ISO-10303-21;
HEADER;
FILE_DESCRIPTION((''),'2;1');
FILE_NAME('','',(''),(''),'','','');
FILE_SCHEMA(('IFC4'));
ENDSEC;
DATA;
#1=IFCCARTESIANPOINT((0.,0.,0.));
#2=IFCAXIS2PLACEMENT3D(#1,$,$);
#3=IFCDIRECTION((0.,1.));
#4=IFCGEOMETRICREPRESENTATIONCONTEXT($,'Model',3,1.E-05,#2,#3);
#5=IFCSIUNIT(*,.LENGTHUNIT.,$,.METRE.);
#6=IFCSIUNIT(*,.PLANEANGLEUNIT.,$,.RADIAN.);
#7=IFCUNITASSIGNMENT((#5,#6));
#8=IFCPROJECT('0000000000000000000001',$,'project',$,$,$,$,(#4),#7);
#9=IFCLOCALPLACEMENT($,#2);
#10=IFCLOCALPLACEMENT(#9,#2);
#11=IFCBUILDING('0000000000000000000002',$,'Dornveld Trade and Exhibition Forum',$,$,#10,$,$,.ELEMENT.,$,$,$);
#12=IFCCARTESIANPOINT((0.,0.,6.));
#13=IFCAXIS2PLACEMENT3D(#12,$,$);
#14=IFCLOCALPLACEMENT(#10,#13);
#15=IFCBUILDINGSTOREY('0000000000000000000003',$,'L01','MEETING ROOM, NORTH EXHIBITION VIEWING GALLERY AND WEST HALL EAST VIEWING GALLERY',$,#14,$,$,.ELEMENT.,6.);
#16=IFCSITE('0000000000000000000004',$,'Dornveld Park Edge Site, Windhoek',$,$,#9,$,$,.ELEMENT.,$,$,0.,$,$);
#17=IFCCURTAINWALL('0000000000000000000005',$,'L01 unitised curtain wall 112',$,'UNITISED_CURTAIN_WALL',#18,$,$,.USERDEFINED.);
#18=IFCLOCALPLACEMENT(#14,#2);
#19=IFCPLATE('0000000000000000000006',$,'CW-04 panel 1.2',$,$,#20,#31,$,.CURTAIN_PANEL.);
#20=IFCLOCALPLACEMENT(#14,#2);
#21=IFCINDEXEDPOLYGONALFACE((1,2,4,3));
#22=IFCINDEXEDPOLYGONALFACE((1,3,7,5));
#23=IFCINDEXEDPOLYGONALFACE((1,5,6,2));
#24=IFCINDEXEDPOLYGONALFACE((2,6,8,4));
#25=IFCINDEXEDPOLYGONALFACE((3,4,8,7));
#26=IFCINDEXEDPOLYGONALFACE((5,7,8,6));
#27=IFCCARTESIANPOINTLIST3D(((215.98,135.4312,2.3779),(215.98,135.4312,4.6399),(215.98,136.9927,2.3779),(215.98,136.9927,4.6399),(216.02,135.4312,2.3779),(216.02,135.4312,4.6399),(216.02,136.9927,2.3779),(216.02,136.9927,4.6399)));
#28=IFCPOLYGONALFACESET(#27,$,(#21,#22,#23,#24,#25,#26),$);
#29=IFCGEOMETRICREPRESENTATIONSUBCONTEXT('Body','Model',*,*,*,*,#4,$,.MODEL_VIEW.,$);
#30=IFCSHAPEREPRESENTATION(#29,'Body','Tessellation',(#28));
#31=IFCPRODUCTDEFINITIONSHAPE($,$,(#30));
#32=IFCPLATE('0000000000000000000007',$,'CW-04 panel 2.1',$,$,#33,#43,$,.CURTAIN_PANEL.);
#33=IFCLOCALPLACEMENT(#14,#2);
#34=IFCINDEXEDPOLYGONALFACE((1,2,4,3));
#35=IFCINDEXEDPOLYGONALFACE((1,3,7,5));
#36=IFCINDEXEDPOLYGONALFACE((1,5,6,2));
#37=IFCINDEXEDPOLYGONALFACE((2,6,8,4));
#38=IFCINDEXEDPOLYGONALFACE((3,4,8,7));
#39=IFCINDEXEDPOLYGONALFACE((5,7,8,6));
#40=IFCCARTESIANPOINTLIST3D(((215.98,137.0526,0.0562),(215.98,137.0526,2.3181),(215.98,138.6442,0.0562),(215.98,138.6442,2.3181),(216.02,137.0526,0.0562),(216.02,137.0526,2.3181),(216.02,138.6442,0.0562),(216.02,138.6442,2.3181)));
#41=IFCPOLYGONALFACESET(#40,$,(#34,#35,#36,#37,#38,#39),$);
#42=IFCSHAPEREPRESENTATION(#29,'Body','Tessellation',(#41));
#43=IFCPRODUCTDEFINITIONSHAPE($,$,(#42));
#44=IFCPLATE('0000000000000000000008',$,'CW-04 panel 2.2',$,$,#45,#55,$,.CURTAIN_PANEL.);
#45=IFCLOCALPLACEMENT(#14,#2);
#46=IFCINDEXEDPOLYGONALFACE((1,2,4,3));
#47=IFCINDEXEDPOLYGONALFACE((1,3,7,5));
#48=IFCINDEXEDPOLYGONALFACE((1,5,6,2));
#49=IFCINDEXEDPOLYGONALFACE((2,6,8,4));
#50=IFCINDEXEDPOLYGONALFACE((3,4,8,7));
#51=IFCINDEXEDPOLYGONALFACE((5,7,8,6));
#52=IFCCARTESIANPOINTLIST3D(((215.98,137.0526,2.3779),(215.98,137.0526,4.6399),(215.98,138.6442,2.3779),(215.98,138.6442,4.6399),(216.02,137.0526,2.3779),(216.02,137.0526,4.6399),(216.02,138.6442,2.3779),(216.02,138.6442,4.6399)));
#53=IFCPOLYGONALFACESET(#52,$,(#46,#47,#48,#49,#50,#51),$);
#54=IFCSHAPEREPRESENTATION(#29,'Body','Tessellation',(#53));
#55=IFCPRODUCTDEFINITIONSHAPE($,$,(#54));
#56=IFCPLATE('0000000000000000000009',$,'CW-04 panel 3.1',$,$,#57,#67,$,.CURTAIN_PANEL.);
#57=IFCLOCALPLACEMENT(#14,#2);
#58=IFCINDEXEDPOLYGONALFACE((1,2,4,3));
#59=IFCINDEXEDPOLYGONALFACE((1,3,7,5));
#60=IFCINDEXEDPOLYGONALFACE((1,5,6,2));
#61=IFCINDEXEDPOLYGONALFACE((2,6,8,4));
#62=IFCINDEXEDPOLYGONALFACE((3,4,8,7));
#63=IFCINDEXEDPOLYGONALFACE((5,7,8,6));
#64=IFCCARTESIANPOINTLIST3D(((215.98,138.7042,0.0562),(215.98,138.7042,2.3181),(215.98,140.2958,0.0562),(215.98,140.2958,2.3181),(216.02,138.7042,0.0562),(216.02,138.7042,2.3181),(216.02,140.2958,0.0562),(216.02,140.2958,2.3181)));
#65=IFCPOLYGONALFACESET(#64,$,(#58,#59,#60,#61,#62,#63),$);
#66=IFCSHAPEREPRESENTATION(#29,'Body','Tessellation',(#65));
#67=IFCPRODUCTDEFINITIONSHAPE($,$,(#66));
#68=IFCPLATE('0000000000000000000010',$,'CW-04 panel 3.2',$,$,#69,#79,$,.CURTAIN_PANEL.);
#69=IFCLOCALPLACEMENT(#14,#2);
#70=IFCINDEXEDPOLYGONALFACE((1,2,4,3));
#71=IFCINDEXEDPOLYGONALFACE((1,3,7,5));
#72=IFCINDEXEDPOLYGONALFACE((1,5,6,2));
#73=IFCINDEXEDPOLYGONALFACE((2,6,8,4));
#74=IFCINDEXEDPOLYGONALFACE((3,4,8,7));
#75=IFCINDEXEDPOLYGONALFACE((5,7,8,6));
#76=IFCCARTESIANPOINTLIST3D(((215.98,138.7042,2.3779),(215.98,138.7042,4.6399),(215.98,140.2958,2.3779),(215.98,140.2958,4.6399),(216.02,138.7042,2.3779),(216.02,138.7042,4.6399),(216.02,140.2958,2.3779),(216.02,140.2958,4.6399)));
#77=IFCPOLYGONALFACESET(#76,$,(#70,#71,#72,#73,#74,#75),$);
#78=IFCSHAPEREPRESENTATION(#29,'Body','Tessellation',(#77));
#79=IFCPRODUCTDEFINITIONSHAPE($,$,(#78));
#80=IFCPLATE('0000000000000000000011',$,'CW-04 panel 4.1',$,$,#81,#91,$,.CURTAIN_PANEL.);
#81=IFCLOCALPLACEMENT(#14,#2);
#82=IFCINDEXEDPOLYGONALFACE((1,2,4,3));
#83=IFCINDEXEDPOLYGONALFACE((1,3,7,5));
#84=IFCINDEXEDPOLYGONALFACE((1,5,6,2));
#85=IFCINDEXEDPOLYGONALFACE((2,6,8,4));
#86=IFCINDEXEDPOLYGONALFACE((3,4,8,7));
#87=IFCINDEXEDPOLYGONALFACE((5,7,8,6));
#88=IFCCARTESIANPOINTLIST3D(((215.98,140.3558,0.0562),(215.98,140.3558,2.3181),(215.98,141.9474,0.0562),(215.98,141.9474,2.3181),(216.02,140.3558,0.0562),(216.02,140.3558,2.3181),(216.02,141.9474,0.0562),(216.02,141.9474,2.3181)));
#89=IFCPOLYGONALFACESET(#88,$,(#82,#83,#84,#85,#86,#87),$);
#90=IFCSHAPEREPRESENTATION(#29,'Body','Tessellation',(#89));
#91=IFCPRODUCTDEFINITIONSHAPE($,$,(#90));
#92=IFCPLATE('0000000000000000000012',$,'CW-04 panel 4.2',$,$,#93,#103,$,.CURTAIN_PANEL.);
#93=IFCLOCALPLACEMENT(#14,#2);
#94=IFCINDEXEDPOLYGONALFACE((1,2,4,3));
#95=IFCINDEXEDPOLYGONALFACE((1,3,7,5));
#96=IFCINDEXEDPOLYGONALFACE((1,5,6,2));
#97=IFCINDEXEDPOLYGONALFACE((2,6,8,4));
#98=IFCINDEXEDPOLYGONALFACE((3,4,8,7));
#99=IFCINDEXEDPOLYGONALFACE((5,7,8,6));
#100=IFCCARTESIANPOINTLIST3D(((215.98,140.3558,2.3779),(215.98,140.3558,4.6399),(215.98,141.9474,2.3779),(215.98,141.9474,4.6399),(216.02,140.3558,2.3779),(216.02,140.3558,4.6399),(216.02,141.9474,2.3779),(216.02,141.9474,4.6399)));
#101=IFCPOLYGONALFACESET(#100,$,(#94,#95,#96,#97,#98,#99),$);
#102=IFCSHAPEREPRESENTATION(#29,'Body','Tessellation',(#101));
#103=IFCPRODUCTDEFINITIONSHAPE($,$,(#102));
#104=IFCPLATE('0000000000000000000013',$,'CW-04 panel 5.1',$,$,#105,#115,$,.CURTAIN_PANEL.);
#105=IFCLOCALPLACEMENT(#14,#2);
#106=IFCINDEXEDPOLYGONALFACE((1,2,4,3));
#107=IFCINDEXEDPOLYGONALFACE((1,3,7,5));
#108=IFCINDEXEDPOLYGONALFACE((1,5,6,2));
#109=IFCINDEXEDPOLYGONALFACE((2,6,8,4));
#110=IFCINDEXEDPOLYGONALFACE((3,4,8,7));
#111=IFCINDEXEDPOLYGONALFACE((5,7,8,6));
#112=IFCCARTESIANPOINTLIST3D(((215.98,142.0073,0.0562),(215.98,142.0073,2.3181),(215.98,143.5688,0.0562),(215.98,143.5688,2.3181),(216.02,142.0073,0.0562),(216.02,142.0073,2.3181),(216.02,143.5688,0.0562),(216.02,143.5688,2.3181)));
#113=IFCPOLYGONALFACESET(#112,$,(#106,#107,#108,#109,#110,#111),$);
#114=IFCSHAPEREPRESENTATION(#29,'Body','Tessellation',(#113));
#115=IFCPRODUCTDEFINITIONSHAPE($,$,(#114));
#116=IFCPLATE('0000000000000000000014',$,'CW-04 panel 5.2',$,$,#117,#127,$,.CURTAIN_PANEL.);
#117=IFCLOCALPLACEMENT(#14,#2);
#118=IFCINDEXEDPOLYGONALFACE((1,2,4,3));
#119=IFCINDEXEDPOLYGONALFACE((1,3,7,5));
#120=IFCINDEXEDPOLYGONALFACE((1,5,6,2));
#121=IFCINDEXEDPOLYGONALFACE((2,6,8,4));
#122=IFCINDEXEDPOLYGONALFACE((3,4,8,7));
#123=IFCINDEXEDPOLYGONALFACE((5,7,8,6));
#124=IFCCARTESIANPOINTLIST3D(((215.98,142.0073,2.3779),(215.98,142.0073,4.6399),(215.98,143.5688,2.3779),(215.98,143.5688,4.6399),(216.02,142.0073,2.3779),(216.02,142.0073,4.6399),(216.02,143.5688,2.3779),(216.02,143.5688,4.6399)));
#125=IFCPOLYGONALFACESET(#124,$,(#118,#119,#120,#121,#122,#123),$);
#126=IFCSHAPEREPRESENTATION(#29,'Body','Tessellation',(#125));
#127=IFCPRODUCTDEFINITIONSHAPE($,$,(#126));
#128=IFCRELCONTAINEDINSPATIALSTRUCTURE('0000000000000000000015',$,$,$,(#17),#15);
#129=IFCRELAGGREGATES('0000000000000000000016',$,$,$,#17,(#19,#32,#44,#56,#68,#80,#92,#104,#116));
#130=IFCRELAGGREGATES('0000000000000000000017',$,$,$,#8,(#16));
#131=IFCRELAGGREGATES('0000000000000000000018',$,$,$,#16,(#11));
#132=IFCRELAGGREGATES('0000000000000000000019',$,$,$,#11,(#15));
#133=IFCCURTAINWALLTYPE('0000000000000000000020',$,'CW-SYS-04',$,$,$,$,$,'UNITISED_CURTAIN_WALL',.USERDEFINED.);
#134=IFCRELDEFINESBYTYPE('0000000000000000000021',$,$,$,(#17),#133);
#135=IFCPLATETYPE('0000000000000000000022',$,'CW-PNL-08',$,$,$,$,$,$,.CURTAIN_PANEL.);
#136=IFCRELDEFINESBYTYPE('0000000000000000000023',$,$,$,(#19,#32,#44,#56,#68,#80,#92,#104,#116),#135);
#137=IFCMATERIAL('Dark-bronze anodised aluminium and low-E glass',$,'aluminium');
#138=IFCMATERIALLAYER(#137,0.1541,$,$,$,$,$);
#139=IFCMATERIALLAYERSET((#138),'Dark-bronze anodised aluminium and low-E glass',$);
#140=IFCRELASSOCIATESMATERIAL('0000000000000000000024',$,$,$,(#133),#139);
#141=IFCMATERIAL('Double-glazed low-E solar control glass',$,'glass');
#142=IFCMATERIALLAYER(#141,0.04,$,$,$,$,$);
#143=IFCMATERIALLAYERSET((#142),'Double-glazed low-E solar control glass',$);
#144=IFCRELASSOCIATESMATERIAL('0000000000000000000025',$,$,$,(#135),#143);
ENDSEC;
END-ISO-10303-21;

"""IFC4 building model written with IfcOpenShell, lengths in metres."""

from ifc_helpers import new_model, si_unit, direction, frame, origin, origin_2d, place, context, subcontext, project, spatial, rectangle, extrude, material, layer, layer_set, type_object, element, aggregate, save


model = new_model("IFC4")

# Units and contexts
model_context = context("Model", 3, precision=1e-05, world=origin(), true_north=direction((0.0, 1.0)))
body_context = subcontext(model_context, "Body", "Model", "MODEL_VIEW")
ifc_project = project(units=[si_unit("LENGTHUNIT", "METRE"), si_unit("PLANEANGLEUNIT", "RADIAN")], contexts=[model_context])

# Site, building, storey
site_placement = place(None, origin())
site = spatial("IfcSite", under=ifc_project, at=site_placement, Name="Dornveld Park Edge Site, Windhoek", CompositionType="ELEMENT", RefElevation=0.0)
building_placement = place(site_placement, origin())
building = spatial("IfcBuilding", under=site, at=building_placement, Name="Dornveld Trade and Exhibition Forum", CompositionType="ELEMENT")
storey_placement = place(building_placement, frame((0.0, 0.0, 6.0)))
storey = spatial("IfcBuildingStorey", under=building, at=storey_placement, Name="L01", Description="MEETING ROOM, NORTH EXHIBITION VIEWING GALLERY AND WEST HALL EAST VIEWING GALLERY", CompositionType="ELEMENT", Elevation=6.0)

# Curtain wall, plates
ifc_material_1 = material(Name="Dark-bronze anodised aluminium and low-E glass", Category="aluminium")
ifc_layer_1 = layer(ifc_material_1, 0.1541)
ifc_layer_set_1 = layer_set([ifc_layer_1], Name="Dark-bronze anodised aluminium and low-E glass")
curtain_wall_type = type_object("IfcCurtainWallType", Name="CW-SYS-04", ElementType="UNITISED_CURTAIN_WALL", PredefinedType="USERDEFINED", material=ifc_layer_set_1)
curtain_wall_placement = place(storey_placement, origin())
curtain_wall = element("IfcCurtainWall", 1, at=curtain_wall_placement, inside=storey, type_object=curtain_wall_type, Name="L01 unitised curtain wall 112", ObjectType="UNITISED_CURTAIN_WALL", PredefinedType="USERDEFINED")
ifc_material_2 = material(Name="Double-glazed low-E solar control glass", Category="glass")
ifc_layer_2 = layer(ifc_material_2, 0.04)
ifc_layer_set_2 = layer_set([ifc_layer_2], Name="Double-glazed low-E solar control glass")
plate_type = type_object("IfcPlateType", Name="CW-PNL-08", PredefinedType="CURTAIN_PANEL", material=ifc_layer_set_2)
plate_1_placement = place(storey_placement, frame((216.0, 136.2119, 2.3779), z_axis=(0.0, 0.0, 1.0), x_axis=(0.0, 1.0, 0.0)))
plate_1 = element("IfcPlate", 2, at=plate_1_placement, type_object=plate_type, Name="CW-04 panel 1.2", PredefinedType="CURTAIN_PANEL", context=body_context, shape_type="SweptSolid", body=[
    extrude(rectangle(XDim=1.5615, YDim=0.04, at=origin_2d()), origin(), (0.0, 0.0, 1.0), 2.262),
])
plate_2_placement = place(storey_placement, frame((216.0, 137.8484, 0.0562), z_axis=(0.0, 0.0, 1.0), x_axis=(0.0, 1.0, 0.0)))
plate_2 = element("IfcPlate", 3, at=plate_2_placement, type_object=plate_type, Name="CW-04 panel 2.1", PredefinedType="CURTAIN_PANEL", context=body_context, shape_type="SweptSolid", body=[
    extrude(rectangle(XDim=1.5916, YDim=0.04, at=origin_2d()), origin(), (0.0, 0.0, 1.0), 2.262),
])
plate_3_placement = place(storey_placement, frame((216.0, 137.8484, 2.3779), z_axis=(0.0, 0.0, 1.0), x_axis=(0.0, 1.0, 0.0)))
plate_3 = element("IfcPlate", 4, at=plate_3_placement, type_object=plate_type, Name="CW-04 panel 2.2", PredefinedType="CURTAIN_PANEL", context=body_context, shape_type="SweptSolid", body=[
    extrude(rectangle(XDim=1.5916, YDim=0.04, at=origin_2d()), origin(), (0.0, 0.0, 1.0), 2.262),
])
plate_4_placement = place(storey_placement, frame((216.0, 139.5, 0.0562), z_axis=(0.0, 0.0, 1.0), x_axis=(0.0, 1.0, 0.0)))
plate_4 = element("IfcPlate", 5, at=plate_4_placement, type_object=plate_type, Name="CW-04 panel 3.1", PredefinedType="CURTAIN_PANEL", context=body_context, shape_type="SweptSolid", body=[
    extrude(rectangle(XDim=1.5916, YDim=0.04, at=origin_2d()), origin(), (0.0, 0.0, 1.0), 2.262),
])
plate_5_placement = place(storey_placement, frame((216.0, 139.5, 2.3779), z_axis=(0.0, 0.0, 1.0), x_axis=(0.0, 1.0, 0.0)))
plate_5 = element("IfcPlate", 6, at=plate_5_placement, type_object=plate_type, Name="CW-04 panel 3.2", PredefinedType="CURTAIN_PANEL", context=body_context, shape_type="SweptSolid", body=[
    extrude(rectangle(XDim=1.5916, YDim=0.04, at=origin_2d()), origin(), (0.0, 0.0, 1.0), 2.262),
])
plate_6_placement = place(storey_placement, frame((216.0, 141.1516, 0.0562), z_axis=(0.0, 0.0, 1.0), x_axis=(0.0, 1.0, 0.0)))
plate_6 = element("IfcPlate", 7, at=plate_6_placement, type_object=plate_type, Name="CW-04 panel 4.1", PredefinedType="CURTAIN_PANEL", context=body_context, shape_type="SweptSolid", body=[
    extrude(rectangle(XDim=1.5916, YDim=0.04, at=origin_2d()), origin(), (0.0, 0.0, 1.0), 2.262),
])
plate_7_placement = place(storey_placement, frame((216.0, 141.1516, 2.3779), z_axis=(0.0, 0.0, 1.0), x_axis=(0.0, 1.0, 0.0)))
plate_7 = element("IfcPlate", 8, at=plate_7_placement, type_object=plate_type, Name="CW-04 panel 4.2", PredefinedType="CURTAIN_PANEL", context=body_context, shape_type="SweptSolid", body=[
    extrude(rectangle(XDim=1.5916, YDim=0.04, at=origin_2d()), origin(), (0.0, 0.0, 1.0), 2.262),
])
plate_8_placement = place(storey_placement, frame((216.0, 142.7881, 0.0562), z_axis=(0.0, 0.0, 1.0), x_axis=(0.0, 1.0, 0.0)))
plate_8 = element("IfcPlate", 9, at=plate_8_placement, type_object=plate_type, Name="CW-04 panel 5.1", PredefinedType="CURTAIN_PANEL", context=body_context, shape_type="SweptSolid", body=[
    extrude(rectangle(XDim=1.5615, YDim=0.04, at=origin_2d()), origin(), (0.0, 0.0, 1.0), 2.262),
])
plate_9_placement = place(storey_placement, frame((216.0, 142.7881, 2.3779), z_axis=(0.0, 0.0, 1.0), x_axis=(0.0, 1.0, 0.0)))
plate_9 = element("IfcPlate", 10, at=plate_9_placement, type_object=plate_type, Name="CW-04 panel 5.2", PredefinedType="CURTAIN_PANEL", context=body_context, shape_type="SweptSolid", body=[
    extrude(rectangle(XDim=1.5615, YDim=0.04, at=origin_2d()), origin(), (0.0, 0.0, 1.0), 2.262),
])
aggregate(curtain_wall, [plate_1, plate_2, plate_3, plate_4, plate_5, plate_6, plate_7, plate_8, plate_9])

save(model, "model.ifc")
